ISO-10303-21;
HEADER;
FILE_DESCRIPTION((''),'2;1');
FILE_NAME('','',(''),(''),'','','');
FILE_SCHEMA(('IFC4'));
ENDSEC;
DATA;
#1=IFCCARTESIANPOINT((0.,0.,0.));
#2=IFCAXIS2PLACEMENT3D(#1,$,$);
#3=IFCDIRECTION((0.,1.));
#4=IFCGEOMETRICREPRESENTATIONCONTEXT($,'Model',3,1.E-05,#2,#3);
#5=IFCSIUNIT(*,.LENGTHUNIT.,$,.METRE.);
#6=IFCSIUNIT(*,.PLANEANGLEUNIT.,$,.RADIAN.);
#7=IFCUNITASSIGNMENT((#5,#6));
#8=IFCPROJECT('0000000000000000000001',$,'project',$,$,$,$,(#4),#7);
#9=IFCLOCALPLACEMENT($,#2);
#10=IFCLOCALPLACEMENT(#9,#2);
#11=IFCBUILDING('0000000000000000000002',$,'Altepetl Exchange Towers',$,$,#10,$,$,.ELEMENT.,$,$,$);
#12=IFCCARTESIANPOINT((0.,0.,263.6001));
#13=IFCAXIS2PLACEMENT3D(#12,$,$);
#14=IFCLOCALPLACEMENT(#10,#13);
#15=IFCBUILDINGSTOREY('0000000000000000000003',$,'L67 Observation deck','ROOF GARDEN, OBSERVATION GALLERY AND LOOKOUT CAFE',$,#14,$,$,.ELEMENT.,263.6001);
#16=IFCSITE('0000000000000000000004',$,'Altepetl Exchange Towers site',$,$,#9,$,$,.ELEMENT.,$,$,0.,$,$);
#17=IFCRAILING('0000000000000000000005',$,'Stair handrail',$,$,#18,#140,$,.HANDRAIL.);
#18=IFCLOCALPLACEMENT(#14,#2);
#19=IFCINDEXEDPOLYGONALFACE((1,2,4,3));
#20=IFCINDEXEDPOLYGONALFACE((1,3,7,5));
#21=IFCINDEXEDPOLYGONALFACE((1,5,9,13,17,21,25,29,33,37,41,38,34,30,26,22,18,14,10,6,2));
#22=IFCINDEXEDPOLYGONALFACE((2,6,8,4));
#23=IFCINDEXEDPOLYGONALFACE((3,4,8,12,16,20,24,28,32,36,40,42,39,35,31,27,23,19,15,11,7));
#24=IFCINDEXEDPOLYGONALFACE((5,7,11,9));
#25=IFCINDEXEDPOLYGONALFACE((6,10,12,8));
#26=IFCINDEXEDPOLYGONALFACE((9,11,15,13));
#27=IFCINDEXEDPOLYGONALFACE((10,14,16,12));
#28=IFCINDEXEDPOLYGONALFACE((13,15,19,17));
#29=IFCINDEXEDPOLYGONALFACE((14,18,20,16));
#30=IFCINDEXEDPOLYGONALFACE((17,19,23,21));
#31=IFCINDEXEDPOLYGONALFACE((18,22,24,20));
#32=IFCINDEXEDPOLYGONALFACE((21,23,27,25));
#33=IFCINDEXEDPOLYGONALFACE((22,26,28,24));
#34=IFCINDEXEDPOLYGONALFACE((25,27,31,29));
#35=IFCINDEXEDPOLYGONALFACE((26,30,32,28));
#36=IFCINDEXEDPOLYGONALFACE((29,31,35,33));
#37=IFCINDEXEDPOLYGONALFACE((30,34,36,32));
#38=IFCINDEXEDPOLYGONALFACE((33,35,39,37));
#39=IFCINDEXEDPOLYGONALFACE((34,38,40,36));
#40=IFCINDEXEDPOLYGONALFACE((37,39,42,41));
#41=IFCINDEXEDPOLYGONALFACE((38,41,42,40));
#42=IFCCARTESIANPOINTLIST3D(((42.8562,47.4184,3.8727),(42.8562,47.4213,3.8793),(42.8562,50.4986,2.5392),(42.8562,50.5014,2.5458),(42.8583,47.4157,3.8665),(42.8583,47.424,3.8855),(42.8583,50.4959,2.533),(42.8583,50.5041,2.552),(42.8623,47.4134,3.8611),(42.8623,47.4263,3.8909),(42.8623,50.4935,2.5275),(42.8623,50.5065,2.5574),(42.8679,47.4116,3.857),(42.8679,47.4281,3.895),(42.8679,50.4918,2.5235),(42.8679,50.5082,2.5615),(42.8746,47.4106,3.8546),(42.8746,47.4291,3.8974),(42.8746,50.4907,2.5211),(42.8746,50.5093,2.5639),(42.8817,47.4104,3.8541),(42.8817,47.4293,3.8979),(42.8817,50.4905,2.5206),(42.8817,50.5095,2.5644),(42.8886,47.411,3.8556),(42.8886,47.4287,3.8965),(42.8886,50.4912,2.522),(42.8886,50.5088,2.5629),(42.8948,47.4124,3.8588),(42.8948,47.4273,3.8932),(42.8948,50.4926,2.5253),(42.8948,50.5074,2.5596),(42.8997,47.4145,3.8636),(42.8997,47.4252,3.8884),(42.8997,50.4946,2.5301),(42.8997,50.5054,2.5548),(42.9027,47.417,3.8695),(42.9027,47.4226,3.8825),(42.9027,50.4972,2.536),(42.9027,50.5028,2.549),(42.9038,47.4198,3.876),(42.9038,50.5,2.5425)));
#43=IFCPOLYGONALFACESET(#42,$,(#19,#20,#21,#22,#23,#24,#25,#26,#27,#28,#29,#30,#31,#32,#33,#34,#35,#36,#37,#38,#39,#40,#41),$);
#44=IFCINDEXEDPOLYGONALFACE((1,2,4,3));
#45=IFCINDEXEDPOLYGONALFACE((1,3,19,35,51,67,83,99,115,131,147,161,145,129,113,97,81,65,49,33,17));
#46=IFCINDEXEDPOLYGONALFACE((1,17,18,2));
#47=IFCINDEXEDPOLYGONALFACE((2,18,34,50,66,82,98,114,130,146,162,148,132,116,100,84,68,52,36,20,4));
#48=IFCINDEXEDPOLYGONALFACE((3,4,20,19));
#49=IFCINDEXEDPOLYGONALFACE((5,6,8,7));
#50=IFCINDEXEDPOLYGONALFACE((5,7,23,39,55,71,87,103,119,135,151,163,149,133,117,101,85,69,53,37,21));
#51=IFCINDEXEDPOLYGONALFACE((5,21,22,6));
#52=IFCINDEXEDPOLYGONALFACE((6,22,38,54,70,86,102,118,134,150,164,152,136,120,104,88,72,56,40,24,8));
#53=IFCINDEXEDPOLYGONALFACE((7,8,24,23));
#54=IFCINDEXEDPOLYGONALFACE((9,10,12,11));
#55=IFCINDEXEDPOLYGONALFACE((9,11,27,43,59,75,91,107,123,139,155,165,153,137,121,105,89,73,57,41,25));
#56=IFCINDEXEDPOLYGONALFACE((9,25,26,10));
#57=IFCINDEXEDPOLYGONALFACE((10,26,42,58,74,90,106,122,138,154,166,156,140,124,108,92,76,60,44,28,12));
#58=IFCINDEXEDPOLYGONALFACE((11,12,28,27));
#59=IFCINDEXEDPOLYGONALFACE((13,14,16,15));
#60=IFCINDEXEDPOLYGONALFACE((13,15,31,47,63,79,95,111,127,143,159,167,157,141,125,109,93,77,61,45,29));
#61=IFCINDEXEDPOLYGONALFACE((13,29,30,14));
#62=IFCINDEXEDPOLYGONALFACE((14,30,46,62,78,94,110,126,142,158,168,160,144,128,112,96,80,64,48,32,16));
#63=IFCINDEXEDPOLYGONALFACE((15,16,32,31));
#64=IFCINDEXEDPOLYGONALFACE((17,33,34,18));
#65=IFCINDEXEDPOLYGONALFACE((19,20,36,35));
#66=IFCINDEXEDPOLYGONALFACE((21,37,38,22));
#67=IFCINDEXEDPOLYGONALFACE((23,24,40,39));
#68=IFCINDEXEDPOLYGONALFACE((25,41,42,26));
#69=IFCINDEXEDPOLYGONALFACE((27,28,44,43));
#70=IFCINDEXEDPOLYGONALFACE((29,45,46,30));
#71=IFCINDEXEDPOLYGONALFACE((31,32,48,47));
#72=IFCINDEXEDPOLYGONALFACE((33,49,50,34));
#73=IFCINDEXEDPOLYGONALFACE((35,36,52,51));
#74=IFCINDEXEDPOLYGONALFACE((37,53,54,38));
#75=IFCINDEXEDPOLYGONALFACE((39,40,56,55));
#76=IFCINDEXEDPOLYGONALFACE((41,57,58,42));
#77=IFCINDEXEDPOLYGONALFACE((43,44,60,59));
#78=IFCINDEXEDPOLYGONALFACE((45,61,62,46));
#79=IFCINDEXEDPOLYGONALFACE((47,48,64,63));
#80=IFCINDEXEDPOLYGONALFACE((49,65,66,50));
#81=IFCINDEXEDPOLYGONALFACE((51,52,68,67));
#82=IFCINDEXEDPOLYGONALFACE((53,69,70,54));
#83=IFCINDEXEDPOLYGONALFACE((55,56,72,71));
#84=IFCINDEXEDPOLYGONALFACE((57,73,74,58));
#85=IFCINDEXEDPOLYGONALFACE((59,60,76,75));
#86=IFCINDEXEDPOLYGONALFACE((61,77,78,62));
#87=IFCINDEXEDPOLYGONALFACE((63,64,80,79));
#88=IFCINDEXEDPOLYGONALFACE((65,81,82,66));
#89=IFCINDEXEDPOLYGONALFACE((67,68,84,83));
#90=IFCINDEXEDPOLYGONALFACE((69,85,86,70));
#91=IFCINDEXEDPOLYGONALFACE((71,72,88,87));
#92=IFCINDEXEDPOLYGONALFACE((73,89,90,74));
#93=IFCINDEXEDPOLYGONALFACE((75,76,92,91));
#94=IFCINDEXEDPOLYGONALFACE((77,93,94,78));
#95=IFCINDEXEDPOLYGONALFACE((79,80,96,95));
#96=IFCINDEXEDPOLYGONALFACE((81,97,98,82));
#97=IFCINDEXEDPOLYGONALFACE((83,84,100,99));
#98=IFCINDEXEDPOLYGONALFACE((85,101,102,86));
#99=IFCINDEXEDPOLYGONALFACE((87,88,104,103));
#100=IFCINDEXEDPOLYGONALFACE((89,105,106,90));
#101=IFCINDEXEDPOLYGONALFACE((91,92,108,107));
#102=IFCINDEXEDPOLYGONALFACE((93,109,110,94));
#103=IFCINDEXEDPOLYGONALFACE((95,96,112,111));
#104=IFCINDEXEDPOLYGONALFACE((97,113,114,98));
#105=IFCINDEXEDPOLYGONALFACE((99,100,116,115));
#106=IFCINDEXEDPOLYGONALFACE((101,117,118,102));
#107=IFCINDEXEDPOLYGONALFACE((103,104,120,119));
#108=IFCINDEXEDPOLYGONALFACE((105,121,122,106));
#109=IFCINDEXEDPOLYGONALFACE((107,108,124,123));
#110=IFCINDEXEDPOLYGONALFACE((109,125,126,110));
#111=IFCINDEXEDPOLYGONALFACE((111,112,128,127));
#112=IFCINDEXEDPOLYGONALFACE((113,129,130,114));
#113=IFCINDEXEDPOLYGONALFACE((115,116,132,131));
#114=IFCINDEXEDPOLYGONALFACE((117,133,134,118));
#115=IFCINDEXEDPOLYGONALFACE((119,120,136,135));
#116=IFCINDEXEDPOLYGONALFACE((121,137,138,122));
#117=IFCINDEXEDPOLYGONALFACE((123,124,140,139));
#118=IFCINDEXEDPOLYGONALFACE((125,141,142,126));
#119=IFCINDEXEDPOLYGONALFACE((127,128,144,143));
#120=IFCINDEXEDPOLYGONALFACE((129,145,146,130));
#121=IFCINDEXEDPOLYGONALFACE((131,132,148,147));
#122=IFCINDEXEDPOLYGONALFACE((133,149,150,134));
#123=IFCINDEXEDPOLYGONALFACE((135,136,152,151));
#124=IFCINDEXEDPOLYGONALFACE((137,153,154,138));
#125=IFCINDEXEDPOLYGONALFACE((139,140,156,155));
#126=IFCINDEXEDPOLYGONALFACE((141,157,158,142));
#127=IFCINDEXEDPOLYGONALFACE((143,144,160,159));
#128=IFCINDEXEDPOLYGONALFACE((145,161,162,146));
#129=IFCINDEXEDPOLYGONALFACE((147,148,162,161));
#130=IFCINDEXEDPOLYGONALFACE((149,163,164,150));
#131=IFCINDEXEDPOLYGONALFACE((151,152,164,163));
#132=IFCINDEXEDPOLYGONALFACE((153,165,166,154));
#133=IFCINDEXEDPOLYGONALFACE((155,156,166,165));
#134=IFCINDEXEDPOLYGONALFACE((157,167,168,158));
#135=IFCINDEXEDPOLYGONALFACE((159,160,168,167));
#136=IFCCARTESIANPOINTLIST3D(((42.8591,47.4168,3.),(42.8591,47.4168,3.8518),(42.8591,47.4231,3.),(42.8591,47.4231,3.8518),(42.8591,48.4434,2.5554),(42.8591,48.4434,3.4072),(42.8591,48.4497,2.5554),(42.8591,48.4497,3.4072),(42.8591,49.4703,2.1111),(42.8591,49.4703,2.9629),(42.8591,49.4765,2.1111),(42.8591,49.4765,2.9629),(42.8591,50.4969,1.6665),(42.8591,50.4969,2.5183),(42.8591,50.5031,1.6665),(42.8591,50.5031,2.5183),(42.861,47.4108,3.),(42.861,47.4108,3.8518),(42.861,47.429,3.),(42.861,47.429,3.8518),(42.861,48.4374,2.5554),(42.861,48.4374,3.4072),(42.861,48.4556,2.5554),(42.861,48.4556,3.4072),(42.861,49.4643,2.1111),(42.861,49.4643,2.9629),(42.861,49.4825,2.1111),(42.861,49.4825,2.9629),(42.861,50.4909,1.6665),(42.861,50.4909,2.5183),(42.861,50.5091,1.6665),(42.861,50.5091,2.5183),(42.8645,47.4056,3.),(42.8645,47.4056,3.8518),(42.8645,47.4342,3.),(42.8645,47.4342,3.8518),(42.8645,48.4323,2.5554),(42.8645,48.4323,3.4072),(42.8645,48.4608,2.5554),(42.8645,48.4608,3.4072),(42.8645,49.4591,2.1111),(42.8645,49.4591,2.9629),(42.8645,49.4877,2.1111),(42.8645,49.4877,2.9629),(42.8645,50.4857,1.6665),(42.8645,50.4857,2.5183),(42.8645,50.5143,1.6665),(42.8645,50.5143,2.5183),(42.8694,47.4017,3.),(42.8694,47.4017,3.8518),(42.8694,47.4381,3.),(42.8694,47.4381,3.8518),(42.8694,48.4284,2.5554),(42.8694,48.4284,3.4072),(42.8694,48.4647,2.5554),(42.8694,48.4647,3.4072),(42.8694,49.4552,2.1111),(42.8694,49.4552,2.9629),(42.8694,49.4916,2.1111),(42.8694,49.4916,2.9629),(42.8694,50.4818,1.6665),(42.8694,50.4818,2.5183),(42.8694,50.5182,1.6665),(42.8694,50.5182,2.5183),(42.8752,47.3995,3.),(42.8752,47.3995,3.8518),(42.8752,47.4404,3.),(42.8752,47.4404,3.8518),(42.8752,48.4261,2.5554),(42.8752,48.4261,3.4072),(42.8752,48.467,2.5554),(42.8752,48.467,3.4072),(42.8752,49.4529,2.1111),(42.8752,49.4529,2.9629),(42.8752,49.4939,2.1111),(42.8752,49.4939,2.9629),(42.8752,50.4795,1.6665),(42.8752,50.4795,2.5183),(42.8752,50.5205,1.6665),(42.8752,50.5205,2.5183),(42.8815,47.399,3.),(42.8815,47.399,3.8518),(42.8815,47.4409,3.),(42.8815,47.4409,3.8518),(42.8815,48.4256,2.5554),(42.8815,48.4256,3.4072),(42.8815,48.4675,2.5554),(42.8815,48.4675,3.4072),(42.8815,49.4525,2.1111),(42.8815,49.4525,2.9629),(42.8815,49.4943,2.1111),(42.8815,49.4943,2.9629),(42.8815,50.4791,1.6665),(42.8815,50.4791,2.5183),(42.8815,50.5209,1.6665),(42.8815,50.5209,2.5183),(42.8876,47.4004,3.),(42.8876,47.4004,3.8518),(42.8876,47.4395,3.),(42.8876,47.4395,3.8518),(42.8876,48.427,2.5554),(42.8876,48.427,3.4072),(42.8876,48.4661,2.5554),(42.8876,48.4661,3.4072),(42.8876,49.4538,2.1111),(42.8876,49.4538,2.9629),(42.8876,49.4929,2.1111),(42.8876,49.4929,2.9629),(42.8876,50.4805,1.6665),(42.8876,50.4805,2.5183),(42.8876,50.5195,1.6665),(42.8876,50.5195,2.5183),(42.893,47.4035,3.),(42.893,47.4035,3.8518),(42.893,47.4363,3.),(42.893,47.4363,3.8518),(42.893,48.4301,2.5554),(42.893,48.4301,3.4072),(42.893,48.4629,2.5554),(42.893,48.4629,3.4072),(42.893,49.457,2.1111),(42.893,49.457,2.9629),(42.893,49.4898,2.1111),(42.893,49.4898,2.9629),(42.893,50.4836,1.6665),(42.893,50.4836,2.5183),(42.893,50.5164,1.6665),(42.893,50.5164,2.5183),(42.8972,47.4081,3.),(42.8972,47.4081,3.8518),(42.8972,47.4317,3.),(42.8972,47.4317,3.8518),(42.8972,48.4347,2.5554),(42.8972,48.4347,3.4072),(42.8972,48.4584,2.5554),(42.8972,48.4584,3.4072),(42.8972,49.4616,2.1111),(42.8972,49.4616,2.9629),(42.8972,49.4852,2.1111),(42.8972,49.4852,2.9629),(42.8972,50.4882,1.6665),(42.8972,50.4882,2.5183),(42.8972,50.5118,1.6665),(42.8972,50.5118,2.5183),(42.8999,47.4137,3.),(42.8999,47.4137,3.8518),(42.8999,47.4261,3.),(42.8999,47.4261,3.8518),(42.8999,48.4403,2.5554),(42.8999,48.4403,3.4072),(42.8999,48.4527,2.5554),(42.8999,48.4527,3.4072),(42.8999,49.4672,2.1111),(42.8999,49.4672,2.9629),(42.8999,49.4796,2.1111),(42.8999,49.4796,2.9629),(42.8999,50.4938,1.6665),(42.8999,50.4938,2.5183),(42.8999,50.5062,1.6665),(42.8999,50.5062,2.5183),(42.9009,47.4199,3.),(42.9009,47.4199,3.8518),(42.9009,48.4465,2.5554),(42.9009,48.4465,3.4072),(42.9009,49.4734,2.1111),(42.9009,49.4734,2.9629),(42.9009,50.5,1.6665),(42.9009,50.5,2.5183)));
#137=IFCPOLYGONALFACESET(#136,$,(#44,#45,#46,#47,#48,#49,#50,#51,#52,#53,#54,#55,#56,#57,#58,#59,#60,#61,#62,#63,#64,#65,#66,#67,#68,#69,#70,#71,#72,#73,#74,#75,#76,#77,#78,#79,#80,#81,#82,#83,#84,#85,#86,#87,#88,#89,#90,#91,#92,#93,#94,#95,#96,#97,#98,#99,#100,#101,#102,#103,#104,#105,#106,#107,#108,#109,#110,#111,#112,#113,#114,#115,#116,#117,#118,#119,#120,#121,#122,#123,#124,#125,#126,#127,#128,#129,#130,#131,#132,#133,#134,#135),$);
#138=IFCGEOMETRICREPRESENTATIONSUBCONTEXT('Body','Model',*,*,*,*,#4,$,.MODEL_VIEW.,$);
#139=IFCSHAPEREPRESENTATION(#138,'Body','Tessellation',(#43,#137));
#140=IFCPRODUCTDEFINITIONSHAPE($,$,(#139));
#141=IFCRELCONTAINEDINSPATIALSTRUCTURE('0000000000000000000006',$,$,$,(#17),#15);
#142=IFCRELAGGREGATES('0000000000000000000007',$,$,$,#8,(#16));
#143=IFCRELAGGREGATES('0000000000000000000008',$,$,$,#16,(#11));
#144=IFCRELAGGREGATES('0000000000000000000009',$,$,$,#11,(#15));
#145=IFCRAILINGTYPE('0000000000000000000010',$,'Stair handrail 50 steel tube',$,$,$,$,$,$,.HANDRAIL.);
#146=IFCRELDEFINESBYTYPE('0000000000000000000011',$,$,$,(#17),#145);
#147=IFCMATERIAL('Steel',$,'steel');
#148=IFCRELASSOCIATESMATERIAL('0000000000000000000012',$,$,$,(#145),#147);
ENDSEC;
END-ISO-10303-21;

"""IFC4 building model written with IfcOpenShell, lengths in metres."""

from ifc_helpers import new_model, si_unit, direction, frame, origin, origin_2d, place, context, subcontext, project, spatial, circle, extrude, source, transform, mapped, material, type_object, element, save


model = new_model("IFC4")

# Units and contexts
model_context = context("Model", 3, precision=1e-05, world=origin(), true_north=direction((0.0, 1.0)))
body_context = subcontext(model_context, "Body", "Model", "MODEL_VIEW")
ifc_project = project(units=[si_unit("LENGTHUNIT", "METRE"), si_unit("PLANEANGLEUNIT", "RADIAN")], contexts=[model_context])

# Site, building, storey
site_placement = place(None, origin())
site = spatial("IfcSite", under=ifc_project, at=site_placement, Name="Altepetl Exchange Towers site", CompositionType="ELEMENT", RefElevation=0.0)
building_placement = place(site_placement, origin())
building = spatial("IfcBuilding", under=site, at=building_placement, Name="Altepetl Exchange Towers", CompositionType="ELEMENT")
storey_placement = place(building_placement, frame((0.0, 0.0, 263.6001)))
storey = spatial("IfcBuildingStorey", under=building, at=storey_placement, Name="L67 Observation deck", Description="ROOF GARDEN, OBSERVATION GALLERY AND LOOKOUT CAFE", CompositionType="ELEMENT", Elevation=263.6001)

# Railing
ifc_material_1 = material(Name="Steel", Category="steel")
railing_type = type_object("IfcRailingType", Name="Stair handrail 50 steel tube", PredefinedType="HANDRAIL", material=ifc_material_1)
shared_shape = source(origin(), body_context, "Body", "SweptSolid", [
    extrude(circle(Radius=0.021, at=origin_2d()), origin(), (0.0, 0.0, 1.0), 0.8518),
])
for number, where, name in (
    (1, (42.8799, 50.5, 1.6665), "Stair handrail"),
):
    element("IfcRailing", number, at=place(storey_placement, frame(where)), inside=storey, type_object=railing_type, Name=name, PredefinedType="HANDRAIL", context=body_context, shape_type="SweptSolid", body=[
        extrude(circle(Radius=0.0239, at=origin_2d()), frame((0.0, 0.0, 0.876), z_axis=(0.0, -0.917686, 0.397305), x_axis=(1.0, 0.0, 0.0)), (0.0, 0.0, 1.0), 3.3564),
        mapped(shared_shape, transform((0.0, 0.0, 0.0))),
        mapped(shared_shape, transform((0.0, -1.0266, 0.4446))),
        mapped(shared_shape, transform((0.0, -2.0535, 0.8889))),
        mapped(shared_shape, transform((0.0, -3.0801, 1.3335))),
    ])

save(model, "model.ifc")
